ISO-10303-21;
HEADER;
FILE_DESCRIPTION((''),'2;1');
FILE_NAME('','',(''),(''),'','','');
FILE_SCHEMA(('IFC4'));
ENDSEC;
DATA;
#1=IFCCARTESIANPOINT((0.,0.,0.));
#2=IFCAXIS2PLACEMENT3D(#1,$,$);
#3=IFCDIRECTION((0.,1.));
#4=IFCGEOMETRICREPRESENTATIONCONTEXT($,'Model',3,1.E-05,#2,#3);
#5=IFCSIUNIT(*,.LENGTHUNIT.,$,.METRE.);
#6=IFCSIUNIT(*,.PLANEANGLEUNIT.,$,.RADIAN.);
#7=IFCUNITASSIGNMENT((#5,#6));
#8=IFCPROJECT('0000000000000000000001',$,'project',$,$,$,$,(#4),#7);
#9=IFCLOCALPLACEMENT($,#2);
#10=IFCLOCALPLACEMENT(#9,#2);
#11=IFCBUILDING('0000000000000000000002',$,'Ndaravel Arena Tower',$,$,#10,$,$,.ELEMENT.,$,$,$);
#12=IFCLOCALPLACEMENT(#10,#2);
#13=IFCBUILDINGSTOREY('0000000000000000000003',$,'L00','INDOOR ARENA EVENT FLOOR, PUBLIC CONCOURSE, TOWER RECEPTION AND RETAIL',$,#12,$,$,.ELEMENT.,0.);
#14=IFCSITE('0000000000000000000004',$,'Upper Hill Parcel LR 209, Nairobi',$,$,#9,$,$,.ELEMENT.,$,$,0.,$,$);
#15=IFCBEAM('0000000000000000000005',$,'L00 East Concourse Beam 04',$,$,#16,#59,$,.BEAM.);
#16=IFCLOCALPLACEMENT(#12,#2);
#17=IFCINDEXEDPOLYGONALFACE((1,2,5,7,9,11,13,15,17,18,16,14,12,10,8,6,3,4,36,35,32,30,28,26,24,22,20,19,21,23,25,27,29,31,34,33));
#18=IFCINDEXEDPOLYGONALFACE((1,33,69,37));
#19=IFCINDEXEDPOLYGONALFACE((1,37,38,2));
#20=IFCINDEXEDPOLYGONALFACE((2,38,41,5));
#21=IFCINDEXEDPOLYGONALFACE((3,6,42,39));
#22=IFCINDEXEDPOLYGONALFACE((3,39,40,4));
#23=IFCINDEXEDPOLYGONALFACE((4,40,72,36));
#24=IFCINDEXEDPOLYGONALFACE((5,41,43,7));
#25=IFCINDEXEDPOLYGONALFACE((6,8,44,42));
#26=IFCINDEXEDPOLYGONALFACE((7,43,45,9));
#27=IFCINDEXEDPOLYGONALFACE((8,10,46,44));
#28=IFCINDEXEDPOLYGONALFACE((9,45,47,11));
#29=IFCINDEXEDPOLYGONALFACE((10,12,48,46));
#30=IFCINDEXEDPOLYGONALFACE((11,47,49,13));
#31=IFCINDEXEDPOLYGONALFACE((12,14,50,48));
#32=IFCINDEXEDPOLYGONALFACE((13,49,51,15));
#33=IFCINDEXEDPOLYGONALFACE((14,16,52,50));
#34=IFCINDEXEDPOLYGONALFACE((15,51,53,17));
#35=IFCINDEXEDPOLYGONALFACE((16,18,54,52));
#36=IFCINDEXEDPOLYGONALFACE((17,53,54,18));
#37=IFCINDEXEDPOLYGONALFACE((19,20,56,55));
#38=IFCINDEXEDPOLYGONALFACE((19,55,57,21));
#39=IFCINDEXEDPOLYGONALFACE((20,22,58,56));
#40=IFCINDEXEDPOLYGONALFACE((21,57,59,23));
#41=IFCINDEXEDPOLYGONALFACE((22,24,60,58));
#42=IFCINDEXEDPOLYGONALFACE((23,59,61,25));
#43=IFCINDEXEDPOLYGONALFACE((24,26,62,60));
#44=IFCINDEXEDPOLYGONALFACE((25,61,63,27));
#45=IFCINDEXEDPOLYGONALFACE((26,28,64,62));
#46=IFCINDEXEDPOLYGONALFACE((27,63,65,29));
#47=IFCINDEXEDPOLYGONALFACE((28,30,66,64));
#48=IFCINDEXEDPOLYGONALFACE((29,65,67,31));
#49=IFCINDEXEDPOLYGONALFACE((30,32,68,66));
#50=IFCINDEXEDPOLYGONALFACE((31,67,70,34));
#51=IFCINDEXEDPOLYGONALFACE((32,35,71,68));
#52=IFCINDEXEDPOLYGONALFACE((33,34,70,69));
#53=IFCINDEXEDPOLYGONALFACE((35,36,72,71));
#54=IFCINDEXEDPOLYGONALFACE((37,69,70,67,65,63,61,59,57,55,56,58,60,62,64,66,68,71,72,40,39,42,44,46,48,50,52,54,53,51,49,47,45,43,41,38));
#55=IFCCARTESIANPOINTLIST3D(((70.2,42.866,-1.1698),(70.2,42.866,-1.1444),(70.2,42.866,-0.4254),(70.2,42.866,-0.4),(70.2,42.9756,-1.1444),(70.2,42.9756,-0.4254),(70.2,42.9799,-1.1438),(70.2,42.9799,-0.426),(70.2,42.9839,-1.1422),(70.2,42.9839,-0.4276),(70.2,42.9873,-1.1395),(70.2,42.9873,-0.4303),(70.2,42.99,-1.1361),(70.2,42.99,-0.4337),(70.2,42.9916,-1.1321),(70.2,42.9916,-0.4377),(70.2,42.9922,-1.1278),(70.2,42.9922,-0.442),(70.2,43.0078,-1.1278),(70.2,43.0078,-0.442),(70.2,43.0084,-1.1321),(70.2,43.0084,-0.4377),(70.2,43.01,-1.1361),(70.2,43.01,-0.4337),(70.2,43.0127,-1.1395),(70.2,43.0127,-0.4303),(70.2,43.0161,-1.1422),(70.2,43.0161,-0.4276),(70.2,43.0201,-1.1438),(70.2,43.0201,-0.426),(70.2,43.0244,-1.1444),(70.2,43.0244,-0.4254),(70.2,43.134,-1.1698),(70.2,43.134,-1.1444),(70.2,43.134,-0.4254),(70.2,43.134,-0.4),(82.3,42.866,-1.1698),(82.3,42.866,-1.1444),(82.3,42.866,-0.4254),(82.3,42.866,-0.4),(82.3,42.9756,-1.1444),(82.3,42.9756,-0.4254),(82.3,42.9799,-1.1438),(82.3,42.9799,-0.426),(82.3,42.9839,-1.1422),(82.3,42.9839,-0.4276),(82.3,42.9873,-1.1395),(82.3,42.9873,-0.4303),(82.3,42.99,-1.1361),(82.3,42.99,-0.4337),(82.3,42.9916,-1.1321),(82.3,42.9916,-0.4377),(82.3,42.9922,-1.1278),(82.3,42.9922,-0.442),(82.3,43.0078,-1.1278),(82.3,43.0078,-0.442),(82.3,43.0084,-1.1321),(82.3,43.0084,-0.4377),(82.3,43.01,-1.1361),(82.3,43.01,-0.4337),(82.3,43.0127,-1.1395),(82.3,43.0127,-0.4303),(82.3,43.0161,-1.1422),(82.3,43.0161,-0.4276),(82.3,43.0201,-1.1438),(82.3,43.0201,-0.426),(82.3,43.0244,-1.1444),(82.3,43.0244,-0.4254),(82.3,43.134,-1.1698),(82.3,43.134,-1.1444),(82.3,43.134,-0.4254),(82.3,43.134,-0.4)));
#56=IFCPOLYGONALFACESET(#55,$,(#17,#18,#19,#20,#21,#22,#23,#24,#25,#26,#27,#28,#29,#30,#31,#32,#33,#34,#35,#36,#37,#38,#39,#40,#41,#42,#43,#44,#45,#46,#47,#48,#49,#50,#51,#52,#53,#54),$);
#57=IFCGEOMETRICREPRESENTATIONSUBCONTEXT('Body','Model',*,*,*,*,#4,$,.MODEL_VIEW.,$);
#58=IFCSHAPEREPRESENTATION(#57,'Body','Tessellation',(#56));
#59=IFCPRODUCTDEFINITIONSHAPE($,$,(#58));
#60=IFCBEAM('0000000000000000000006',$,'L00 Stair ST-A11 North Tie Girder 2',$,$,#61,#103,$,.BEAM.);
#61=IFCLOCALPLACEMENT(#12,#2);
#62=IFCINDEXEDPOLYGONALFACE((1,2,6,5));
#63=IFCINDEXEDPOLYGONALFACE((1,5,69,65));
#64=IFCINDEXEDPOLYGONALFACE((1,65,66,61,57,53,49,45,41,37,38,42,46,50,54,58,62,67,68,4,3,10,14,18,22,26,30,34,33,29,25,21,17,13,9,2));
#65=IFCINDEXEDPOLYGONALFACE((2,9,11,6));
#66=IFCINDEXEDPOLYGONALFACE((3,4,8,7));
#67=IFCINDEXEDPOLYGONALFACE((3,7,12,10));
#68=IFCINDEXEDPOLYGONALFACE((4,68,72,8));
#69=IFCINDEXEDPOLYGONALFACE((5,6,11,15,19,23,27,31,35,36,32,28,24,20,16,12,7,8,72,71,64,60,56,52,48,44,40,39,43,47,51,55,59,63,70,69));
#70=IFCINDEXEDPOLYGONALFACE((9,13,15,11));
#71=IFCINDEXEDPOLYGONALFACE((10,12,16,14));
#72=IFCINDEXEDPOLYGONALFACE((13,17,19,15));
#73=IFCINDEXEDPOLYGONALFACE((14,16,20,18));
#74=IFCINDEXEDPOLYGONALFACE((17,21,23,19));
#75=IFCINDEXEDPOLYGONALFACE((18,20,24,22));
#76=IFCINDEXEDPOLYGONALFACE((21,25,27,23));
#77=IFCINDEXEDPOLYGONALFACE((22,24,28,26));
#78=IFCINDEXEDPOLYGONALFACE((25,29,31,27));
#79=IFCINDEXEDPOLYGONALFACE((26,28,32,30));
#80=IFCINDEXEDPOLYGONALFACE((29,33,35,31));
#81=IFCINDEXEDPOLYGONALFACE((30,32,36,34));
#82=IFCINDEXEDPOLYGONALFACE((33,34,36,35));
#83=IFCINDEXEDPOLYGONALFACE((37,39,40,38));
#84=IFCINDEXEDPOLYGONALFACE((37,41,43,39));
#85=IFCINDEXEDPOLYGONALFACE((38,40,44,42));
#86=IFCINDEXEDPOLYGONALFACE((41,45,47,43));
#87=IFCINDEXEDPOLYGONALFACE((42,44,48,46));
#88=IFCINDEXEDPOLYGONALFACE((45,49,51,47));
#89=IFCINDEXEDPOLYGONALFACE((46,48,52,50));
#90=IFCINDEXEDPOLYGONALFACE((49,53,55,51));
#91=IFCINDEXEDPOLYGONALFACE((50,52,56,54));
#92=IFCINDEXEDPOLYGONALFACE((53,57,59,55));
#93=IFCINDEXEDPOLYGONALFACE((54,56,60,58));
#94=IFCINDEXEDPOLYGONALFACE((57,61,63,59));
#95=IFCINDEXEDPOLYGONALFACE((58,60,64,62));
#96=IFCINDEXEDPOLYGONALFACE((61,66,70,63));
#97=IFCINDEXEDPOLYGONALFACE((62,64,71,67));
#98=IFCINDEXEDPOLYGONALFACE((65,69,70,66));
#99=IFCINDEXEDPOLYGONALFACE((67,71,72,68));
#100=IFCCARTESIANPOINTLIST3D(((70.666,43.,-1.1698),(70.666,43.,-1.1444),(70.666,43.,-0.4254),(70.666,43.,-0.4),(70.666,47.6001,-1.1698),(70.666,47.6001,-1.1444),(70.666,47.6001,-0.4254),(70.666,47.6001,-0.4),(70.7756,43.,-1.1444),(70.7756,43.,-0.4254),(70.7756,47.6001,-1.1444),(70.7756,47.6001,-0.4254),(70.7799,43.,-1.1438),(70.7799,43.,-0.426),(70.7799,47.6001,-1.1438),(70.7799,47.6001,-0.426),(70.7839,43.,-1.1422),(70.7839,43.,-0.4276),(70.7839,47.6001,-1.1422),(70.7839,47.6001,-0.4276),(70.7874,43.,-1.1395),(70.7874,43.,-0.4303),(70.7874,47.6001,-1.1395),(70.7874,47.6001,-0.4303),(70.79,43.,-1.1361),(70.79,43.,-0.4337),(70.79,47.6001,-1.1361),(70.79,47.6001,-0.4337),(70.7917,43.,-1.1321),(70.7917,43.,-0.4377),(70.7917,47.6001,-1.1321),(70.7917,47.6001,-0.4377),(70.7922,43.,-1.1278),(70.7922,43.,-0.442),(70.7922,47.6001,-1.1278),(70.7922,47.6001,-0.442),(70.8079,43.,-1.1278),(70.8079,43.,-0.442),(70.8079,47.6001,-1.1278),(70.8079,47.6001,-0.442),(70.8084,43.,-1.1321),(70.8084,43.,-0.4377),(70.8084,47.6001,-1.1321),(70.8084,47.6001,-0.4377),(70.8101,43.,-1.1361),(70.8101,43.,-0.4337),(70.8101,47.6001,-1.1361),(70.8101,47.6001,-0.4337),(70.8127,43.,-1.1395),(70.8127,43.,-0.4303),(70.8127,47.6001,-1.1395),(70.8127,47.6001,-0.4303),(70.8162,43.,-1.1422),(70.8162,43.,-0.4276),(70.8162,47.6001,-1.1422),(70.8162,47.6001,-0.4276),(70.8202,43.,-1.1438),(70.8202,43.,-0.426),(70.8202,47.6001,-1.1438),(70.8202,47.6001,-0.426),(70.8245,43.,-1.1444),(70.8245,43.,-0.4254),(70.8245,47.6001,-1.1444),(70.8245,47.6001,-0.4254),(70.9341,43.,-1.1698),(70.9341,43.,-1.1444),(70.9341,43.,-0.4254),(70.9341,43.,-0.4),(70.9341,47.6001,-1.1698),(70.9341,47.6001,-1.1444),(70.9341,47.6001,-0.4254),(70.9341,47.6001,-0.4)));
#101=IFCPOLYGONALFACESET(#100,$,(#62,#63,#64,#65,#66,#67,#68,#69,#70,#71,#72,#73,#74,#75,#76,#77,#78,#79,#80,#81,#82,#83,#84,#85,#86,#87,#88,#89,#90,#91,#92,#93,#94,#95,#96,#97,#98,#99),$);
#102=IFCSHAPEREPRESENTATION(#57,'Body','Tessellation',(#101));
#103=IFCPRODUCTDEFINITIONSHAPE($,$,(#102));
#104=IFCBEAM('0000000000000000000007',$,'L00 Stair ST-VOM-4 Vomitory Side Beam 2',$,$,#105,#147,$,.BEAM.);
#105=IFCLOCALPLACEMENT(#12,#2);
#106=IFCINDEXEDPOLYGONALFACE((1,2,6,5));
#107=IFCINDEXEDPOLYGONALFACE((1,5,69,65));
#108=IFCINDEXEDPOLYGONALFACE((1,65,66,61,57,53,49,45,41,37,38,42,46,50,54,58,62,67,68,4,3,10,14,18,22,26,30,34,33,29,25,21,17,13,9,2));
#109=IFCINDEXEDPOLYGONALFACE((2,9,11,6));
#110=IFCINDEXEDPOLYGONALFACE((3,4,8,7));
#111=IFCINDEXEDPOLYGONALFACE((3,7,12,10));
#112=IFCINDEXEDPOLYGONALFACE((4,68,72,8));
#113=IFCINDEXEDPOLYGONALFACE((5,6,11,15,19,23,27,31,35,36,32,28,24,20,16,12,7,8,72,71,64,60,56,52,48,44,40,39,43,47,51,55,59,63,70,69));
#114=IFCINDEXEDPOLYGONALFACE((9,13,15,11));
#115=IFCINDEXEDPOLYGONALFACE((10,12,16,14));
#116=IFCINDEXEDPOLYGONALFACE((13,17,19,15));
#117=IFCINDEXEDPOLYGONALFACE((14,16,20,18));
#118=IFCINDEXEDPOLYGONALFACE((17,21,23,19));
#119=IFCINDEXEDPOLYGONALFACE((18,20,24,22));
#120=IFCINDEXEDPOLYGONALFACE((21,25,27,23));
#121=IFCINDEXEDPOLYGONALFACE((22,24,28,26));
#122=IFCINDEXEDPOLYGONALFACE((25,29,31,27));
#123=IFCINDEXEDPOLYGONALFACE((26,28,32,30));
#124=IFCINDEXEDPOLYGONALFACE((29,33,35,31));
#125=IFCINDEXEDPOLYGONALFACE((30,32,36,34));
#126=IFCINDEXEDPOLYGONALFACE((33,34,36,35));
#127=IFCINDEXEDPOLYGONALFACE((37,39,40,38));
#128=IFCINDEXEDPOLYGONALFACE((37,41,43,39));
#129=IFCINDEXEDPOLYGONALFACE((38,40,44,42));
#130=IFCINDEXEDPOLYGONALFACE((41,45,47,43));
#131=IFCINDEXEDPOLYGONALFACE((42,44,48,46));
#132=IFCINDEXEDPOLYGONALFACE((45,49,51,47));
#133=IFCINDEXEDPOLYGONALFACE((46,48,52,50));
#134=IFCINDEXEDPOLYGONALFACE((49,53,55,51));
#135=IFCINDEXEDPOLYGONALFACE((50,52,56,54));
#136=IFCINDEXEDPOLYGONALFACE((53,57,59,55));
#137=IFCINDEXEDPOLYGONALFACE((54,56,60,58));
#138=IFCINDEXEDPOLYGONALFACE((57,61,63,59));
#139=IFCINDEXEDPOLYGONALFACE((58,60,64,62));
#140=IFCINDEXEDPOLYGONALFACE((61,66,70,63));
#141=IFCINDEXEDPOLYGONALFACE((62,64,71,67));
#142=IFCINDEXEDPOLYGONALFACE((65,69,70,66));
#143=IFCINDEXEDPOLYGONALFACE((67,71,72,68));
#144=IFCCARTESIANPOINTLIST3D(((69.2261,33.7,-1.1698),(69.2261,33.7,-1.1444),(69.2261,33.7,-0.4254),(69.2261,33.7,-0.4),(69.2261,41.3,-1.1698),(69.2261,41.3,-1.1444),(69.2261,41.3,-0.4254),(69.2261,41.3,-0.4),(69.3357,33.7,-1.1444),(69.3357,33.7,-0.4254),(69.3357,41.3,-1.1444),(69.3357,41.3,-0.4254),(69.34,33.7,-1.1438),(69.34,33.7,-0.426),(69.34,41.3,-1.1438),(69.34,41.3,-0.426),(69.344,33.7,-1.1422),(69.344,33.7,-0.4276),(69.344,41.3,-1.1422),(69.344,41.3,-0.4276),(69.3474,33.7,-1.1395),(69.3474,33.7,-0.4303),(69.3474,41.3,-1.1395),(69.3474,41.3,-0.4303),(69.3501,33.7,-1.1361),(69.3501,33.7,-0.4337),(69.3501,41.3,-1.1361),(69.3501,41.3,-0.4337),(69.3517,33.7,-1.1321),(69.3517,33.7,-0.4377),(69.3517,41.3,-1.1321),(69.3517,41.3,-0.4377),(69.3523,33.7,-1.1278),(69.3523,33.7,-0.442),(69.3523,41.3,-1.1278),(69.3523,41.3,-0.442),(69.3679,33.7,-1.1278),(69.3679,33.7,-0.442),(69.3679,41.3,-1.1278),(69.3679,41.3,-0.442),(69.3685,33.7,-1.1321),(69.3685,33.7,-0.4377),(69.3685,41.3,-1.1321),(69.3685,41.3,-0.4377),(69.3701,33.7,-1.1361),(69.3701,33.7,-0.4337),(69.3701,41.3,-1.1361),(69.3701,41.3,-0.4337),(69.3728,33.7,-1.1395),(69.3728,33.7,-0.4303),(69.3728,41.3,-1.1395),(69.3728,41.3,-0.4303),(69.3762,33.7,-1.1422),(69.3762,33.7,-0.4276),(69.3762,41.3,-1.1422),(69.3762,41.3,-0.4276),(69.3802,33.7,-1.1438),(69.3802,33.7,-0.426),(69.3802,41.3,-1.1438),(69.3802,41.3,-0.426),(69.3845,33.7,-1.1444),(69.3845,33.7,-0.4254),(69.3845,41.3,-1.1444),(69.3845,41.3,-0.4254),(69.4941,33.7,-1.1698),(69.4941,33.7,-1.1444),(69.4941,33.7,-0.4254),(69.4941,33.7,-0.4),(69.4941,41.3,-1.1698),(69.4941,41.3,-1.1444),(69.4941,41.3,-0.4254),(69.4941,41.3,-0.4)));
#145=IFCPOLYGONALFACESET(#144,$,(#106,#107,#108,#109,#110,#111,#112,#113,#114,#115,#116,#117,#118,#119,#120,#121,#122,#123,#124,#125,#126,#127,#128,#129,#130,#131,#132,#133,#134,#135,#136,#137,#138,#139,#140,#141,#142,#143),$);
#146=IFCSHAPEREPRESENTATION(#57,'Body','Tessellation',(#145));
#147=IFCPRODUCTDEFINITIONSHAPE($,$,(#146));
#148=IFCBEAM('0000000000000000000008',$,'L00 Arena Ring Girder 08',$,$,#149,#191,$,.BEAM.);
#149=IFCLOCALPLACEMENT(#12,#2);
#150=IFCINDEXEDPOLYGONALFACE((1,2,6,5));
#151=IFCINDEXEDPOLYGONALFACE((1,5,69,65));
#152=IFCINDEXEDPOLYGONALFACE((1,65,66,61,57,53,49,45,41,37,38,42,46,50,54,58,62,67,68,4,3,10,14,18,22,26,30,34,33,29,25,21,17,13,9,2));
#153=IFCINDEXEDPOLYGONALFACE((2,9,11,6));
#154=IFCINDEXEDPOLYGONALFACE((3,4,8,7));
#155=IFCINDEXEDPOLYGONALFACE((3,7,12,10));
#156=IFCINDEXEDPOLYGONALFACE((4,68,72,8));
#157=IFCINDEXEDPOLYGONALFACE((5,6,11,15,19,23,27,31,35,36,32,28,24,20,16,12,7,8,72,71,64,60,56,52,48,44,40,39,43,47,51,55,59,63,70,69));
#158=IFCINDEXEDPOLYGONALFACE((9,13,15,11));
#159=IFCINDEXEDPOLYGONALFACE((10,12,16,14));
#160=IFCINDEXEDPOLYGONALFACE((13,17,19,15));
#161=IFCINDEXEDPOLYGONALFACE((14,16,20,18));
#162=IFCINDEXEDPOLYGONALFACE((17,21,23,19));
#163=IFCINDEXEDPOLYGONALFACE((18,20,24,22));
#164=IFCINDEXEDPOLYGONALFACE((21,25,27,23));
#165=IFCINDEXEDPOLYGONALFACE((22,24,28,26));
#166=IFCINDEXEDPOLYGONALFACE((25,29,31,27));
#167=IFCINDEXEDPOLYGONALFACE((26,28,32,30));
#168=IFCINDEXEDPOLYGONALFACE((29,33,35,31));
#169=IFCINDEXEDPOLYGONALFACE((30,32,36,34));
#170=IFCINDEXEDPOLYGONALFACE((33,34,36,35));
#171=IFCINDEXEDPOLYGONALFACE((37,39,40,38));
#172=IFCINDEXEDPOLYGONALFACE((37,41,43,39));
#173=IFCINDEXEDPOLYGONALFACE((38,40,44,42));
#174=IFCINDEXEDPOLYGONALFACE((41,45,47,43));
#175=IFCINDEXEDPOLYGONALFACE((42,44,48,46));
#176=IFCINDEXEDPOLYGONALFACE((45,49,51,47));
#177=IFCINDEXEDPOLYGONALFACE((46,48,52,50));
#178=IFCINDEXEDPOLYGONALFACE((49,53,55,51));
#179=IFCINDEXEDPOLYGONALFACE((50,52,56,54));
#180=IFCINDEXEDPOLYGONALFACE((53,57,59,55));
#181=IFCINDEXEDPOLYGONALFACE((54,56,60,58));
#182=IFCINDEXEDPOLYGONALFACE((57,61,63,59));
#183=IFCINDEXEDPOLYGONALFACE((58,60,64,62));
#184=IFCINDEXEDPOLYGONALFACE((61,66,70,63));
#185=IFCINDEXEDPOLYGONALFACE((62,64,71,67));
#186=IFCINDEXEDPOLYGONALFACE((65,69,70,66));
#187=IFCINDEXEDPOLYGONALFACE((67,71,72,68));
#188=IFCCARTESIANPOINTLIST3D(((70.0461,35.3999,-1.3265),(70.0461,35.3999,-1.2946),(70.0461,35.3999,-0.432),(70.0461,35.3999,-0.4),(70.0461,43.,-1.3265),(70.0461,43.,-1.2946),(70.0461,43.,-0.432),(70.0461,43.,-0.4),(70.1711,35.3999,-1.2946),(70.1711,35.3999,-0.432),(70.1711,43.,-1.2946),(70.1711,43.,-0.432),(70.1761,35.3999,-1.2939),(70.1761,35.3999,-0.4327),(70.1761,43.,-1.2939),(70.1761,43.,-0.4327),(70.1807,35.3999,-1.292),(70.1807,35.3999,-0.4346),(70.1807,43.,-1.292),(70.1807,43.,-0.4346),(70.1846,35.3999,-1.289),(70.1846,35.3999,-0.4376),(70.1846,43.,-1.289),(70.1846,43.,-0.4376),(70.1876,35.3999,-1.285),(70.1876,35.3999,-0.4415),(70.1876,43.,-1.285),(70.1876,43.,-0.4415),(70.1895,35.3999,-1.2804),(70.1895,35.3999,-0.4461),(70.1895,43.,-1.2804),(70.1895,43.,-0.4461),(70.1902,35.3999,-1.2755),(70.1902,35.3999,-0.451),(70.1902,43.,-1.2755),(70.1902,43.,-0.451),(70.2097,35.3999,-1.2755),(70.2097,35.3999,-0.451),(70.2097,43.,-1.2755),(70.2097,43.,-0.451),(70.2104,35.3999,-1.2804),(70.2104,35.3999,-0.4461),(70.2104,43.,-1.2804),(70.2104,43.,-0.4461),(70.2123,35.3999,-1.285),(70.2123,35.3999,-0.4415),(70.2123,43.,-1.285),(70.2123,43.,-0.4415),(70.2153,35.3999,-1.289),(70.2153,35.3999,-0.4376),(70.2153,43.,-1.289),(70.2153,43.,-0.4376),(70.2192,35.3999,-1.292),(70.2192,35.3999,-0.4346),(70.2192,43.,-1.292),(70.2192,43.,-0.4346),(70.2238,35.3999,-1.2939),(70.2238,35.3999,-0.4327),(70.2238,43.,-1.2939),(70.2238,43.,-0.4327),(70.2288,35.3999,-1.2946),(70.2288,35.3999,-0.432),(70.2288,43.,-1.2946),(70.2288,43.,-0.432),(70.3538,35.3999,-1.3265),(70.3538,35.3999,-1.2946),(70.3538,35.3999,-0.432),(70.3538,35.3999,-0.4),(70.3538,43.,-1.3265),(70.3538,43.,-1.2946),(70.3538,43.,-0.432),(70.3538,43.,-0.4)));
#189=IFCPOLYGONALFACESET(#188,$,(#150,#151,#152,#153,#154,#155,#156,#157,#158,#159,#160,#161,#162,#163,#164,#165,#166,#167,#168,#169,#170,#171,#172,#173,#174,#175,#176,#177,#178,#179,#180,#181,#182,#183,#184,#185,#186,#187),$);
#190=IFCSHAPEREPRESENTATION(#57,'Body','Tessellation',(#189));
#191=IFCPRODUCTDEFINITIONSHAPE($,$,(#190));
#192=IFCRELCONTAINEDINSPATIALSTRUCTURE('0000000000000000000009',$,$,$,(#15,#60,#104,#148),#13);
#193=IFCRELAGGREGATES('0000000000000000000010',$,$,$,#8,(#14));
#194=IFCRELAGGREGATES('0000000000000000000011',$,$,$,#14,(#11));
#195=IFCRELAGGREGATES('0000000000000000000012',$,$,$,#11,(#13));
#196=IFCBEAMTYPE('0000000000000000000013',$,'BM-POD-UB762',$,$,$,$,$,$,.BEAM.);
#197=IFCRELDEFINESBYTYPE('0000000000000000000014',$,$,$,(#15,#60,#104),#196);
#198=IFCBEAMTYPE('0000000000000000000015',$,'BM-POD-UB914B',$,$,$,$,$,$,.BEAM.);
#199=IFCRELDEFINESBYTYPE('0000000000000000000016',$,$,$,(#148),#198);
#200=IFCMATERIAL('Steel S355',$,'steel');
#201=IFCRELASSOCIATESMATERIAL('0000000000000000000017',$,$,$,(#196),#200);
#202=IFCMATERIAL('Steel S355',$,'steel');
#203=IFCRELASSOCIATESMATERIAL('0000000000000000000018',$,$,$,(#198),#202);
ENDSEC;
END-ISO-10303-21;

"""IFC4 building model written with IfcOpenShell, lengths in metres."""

from ifc_helpers import new_model, si_unit, direction, frame, origin, origin_2d, place, context, subcontext, project, spatial, i_section, extrude, material, material_profile, profile_set, type_object, element, save


model = new_model("IFC4")

# Units and contexts
model_context = context("Model", 3, precision=1e-05, world=origin(), true_north=direction((0.0, 1.0)))
body_context = subcontext(model_context, "Body", "Model", "MODEL_VIEW")
ifc_project = project(units=[si_unit("LENGTHUNIT", "METRE"), si_unit("PLANEANGLEUNIT", "RADIAN")], contexts=[model_context])

# Site, building, storey
site_placement = place(None, origin())
site = spatial("IfcSite", under=ifc_project, at=site_placement, Name="Upper Hill Parcel LR 209, Nairobi", CompositionType="ELEMENT", RefElevation=0.0)
building_placement = place(site_placement, origin())
building = spatial("IfcBuilding", under=site, at=building_placement, Name="Ndaravel Arena Tower", CompositionType="ELEMENT")
storey_placement = place(building_placement, origin())
storey = spatial("IfcBuildingStorey", under=building, at=storey_placement, Name="L00", Description="INDOOR ARENA EVENT FLOOR, PUBLIC CONCOURSE, TOWER RECEPTION AND RETAIL", CompositionType="ELEMENT", Elevation=0.0)

# Beams
ifc_material_1 = material(Name="Steel S355", Category="steel")
ifc_material_profile_1 = material_profile(ifc_material_1, i_section(OverallWidth=0.2681, OverallDepth=0.7698, WebThickness=0.0156, FlangeThickness=0.0254, FilletRadius=0.0166, at=origin_2d()), Name="UB 762x267x197")
ifc_profile_set_1 = profile_set([ifc_material_profile_1], Name="Steel S355")
beam_type_1 = type_object("IfcBeamType", Name="BM-POD-UB762", PredefinedType="BEAM", material=ifc_profile_set_1)
beam_1_placement = place(storey_placement, frame((70.2, 43.0, -0.7849), z_axis=(1.0, 0.0, 0.0), x_axis=(0.0, 1.0, 0.0)))
element("IfcBeam", 1, at=beam_1_placement, inside=storey, type_object=beam_type_1, Name="L00 East Concourse Beam 04", PredefinedType="BEAM", context=body_context, shape_type="SweptSolid", body=[
    extrude(i_section(OverallWidth=0.2681, OverallDepth=0.7698, WebThickness=0.0156, FlangeThickness=0.0254, FilletRadius=0.0166, at=origin_2d()), origin(), (0.0, 0.0, 1.0), 12.1001),
])
beam_2_placement = place(storey_placement, frame((70.8, 43.0, -0.7849), z_axis=(0.0, 1.0, 0.0), x_axis=(-1.0, 0.0, 0.0)))
element("IfcBeam", 2, at=beam_2_placement, inside=storey, type_object=beam_type_1, Name="L00 Stair ST-A11 North Tie Girder 2", PredefinedType="BEAM", context=body_context, shape_type="SweptSolid", body=[
    extrude(i_section(OverallWidth=0.2681, OverallDepth=0.7698, WebThickness=0.0156, FlangeThickness=0.0254, FilletRadius=0.0166, at=origin_2d()), origin(), (0.0, 0.0, 1.0), 4.6001),
])
beam_3_placement = place(storey_placement, frame((69.3601, 33.7, -0.7849), z_axis=(0.0, 1.0, 0.0), x_axis=(-1.0, 0.0, 0.0)))
element("IfcBeam", 3, at=beam_3_placement, inside=storey, type_object=beam_type_1, Name="L00 Stair ST-VOM-4 Vomitory Side Beam 2", PredefinedType="BEAM", context=body_context, shape_type="SweptSolid", body=[
    extrude(i_section(OverallWidth=0.2681, OverallDepth=0.7698, WebThickness=0.0156, FlangeThickness=0.0254, FilletRadius=0.0166, at=origin_2d()), origin(), (0.0, 0.0, 1.0), 7.6001),
])
ifc_material_2 = material(Name="Steel S355", Category="steel")
ifc_material_profile_2 = material_profile(ifc_material_2, i_section(OverallWidth=0.3076, OverallDepth=0.9265, WebThickness=0.0195, FlangeThickness=0.032, FilletRadius=0.019, at=origin_2d()), Name="UB 914x305x289")
ifc_profile_set_2 = profile_set([ifc_material_profile_2], Name="Steel S355")
beam_type_2 = type_object("IfcBeamType", Name="BM-POD-UB914B", PredefinedType="BEAM", material=ifc_profile_set_2)
beam_4_placement = place(storey_placement, frame((70.2, 35.3999, -0.8633), z_axis=(0.0, 1.0, 0.0), x_axis=(-1.0, 0.0, 0.0)))
element("IfcBeam", 4, at=beam_4_placement, inside=storey, type_object=beam_type_2, Name="L00 Arena Ring Girder 08", PredefinedType="BEAM", context=body_context, shape_type="SweptSolid", body=[
    extrude(i_section(OverallWidth=0.3076, OverallDepth=0.9265, WebThickness=0.0195, FlangeThickness=0.032, FilletRadius=0.019, at=origin_2d()), origin(), (0.0, 0.0, 1.0), 7.6001),
])

save(model, "model.ifc")
